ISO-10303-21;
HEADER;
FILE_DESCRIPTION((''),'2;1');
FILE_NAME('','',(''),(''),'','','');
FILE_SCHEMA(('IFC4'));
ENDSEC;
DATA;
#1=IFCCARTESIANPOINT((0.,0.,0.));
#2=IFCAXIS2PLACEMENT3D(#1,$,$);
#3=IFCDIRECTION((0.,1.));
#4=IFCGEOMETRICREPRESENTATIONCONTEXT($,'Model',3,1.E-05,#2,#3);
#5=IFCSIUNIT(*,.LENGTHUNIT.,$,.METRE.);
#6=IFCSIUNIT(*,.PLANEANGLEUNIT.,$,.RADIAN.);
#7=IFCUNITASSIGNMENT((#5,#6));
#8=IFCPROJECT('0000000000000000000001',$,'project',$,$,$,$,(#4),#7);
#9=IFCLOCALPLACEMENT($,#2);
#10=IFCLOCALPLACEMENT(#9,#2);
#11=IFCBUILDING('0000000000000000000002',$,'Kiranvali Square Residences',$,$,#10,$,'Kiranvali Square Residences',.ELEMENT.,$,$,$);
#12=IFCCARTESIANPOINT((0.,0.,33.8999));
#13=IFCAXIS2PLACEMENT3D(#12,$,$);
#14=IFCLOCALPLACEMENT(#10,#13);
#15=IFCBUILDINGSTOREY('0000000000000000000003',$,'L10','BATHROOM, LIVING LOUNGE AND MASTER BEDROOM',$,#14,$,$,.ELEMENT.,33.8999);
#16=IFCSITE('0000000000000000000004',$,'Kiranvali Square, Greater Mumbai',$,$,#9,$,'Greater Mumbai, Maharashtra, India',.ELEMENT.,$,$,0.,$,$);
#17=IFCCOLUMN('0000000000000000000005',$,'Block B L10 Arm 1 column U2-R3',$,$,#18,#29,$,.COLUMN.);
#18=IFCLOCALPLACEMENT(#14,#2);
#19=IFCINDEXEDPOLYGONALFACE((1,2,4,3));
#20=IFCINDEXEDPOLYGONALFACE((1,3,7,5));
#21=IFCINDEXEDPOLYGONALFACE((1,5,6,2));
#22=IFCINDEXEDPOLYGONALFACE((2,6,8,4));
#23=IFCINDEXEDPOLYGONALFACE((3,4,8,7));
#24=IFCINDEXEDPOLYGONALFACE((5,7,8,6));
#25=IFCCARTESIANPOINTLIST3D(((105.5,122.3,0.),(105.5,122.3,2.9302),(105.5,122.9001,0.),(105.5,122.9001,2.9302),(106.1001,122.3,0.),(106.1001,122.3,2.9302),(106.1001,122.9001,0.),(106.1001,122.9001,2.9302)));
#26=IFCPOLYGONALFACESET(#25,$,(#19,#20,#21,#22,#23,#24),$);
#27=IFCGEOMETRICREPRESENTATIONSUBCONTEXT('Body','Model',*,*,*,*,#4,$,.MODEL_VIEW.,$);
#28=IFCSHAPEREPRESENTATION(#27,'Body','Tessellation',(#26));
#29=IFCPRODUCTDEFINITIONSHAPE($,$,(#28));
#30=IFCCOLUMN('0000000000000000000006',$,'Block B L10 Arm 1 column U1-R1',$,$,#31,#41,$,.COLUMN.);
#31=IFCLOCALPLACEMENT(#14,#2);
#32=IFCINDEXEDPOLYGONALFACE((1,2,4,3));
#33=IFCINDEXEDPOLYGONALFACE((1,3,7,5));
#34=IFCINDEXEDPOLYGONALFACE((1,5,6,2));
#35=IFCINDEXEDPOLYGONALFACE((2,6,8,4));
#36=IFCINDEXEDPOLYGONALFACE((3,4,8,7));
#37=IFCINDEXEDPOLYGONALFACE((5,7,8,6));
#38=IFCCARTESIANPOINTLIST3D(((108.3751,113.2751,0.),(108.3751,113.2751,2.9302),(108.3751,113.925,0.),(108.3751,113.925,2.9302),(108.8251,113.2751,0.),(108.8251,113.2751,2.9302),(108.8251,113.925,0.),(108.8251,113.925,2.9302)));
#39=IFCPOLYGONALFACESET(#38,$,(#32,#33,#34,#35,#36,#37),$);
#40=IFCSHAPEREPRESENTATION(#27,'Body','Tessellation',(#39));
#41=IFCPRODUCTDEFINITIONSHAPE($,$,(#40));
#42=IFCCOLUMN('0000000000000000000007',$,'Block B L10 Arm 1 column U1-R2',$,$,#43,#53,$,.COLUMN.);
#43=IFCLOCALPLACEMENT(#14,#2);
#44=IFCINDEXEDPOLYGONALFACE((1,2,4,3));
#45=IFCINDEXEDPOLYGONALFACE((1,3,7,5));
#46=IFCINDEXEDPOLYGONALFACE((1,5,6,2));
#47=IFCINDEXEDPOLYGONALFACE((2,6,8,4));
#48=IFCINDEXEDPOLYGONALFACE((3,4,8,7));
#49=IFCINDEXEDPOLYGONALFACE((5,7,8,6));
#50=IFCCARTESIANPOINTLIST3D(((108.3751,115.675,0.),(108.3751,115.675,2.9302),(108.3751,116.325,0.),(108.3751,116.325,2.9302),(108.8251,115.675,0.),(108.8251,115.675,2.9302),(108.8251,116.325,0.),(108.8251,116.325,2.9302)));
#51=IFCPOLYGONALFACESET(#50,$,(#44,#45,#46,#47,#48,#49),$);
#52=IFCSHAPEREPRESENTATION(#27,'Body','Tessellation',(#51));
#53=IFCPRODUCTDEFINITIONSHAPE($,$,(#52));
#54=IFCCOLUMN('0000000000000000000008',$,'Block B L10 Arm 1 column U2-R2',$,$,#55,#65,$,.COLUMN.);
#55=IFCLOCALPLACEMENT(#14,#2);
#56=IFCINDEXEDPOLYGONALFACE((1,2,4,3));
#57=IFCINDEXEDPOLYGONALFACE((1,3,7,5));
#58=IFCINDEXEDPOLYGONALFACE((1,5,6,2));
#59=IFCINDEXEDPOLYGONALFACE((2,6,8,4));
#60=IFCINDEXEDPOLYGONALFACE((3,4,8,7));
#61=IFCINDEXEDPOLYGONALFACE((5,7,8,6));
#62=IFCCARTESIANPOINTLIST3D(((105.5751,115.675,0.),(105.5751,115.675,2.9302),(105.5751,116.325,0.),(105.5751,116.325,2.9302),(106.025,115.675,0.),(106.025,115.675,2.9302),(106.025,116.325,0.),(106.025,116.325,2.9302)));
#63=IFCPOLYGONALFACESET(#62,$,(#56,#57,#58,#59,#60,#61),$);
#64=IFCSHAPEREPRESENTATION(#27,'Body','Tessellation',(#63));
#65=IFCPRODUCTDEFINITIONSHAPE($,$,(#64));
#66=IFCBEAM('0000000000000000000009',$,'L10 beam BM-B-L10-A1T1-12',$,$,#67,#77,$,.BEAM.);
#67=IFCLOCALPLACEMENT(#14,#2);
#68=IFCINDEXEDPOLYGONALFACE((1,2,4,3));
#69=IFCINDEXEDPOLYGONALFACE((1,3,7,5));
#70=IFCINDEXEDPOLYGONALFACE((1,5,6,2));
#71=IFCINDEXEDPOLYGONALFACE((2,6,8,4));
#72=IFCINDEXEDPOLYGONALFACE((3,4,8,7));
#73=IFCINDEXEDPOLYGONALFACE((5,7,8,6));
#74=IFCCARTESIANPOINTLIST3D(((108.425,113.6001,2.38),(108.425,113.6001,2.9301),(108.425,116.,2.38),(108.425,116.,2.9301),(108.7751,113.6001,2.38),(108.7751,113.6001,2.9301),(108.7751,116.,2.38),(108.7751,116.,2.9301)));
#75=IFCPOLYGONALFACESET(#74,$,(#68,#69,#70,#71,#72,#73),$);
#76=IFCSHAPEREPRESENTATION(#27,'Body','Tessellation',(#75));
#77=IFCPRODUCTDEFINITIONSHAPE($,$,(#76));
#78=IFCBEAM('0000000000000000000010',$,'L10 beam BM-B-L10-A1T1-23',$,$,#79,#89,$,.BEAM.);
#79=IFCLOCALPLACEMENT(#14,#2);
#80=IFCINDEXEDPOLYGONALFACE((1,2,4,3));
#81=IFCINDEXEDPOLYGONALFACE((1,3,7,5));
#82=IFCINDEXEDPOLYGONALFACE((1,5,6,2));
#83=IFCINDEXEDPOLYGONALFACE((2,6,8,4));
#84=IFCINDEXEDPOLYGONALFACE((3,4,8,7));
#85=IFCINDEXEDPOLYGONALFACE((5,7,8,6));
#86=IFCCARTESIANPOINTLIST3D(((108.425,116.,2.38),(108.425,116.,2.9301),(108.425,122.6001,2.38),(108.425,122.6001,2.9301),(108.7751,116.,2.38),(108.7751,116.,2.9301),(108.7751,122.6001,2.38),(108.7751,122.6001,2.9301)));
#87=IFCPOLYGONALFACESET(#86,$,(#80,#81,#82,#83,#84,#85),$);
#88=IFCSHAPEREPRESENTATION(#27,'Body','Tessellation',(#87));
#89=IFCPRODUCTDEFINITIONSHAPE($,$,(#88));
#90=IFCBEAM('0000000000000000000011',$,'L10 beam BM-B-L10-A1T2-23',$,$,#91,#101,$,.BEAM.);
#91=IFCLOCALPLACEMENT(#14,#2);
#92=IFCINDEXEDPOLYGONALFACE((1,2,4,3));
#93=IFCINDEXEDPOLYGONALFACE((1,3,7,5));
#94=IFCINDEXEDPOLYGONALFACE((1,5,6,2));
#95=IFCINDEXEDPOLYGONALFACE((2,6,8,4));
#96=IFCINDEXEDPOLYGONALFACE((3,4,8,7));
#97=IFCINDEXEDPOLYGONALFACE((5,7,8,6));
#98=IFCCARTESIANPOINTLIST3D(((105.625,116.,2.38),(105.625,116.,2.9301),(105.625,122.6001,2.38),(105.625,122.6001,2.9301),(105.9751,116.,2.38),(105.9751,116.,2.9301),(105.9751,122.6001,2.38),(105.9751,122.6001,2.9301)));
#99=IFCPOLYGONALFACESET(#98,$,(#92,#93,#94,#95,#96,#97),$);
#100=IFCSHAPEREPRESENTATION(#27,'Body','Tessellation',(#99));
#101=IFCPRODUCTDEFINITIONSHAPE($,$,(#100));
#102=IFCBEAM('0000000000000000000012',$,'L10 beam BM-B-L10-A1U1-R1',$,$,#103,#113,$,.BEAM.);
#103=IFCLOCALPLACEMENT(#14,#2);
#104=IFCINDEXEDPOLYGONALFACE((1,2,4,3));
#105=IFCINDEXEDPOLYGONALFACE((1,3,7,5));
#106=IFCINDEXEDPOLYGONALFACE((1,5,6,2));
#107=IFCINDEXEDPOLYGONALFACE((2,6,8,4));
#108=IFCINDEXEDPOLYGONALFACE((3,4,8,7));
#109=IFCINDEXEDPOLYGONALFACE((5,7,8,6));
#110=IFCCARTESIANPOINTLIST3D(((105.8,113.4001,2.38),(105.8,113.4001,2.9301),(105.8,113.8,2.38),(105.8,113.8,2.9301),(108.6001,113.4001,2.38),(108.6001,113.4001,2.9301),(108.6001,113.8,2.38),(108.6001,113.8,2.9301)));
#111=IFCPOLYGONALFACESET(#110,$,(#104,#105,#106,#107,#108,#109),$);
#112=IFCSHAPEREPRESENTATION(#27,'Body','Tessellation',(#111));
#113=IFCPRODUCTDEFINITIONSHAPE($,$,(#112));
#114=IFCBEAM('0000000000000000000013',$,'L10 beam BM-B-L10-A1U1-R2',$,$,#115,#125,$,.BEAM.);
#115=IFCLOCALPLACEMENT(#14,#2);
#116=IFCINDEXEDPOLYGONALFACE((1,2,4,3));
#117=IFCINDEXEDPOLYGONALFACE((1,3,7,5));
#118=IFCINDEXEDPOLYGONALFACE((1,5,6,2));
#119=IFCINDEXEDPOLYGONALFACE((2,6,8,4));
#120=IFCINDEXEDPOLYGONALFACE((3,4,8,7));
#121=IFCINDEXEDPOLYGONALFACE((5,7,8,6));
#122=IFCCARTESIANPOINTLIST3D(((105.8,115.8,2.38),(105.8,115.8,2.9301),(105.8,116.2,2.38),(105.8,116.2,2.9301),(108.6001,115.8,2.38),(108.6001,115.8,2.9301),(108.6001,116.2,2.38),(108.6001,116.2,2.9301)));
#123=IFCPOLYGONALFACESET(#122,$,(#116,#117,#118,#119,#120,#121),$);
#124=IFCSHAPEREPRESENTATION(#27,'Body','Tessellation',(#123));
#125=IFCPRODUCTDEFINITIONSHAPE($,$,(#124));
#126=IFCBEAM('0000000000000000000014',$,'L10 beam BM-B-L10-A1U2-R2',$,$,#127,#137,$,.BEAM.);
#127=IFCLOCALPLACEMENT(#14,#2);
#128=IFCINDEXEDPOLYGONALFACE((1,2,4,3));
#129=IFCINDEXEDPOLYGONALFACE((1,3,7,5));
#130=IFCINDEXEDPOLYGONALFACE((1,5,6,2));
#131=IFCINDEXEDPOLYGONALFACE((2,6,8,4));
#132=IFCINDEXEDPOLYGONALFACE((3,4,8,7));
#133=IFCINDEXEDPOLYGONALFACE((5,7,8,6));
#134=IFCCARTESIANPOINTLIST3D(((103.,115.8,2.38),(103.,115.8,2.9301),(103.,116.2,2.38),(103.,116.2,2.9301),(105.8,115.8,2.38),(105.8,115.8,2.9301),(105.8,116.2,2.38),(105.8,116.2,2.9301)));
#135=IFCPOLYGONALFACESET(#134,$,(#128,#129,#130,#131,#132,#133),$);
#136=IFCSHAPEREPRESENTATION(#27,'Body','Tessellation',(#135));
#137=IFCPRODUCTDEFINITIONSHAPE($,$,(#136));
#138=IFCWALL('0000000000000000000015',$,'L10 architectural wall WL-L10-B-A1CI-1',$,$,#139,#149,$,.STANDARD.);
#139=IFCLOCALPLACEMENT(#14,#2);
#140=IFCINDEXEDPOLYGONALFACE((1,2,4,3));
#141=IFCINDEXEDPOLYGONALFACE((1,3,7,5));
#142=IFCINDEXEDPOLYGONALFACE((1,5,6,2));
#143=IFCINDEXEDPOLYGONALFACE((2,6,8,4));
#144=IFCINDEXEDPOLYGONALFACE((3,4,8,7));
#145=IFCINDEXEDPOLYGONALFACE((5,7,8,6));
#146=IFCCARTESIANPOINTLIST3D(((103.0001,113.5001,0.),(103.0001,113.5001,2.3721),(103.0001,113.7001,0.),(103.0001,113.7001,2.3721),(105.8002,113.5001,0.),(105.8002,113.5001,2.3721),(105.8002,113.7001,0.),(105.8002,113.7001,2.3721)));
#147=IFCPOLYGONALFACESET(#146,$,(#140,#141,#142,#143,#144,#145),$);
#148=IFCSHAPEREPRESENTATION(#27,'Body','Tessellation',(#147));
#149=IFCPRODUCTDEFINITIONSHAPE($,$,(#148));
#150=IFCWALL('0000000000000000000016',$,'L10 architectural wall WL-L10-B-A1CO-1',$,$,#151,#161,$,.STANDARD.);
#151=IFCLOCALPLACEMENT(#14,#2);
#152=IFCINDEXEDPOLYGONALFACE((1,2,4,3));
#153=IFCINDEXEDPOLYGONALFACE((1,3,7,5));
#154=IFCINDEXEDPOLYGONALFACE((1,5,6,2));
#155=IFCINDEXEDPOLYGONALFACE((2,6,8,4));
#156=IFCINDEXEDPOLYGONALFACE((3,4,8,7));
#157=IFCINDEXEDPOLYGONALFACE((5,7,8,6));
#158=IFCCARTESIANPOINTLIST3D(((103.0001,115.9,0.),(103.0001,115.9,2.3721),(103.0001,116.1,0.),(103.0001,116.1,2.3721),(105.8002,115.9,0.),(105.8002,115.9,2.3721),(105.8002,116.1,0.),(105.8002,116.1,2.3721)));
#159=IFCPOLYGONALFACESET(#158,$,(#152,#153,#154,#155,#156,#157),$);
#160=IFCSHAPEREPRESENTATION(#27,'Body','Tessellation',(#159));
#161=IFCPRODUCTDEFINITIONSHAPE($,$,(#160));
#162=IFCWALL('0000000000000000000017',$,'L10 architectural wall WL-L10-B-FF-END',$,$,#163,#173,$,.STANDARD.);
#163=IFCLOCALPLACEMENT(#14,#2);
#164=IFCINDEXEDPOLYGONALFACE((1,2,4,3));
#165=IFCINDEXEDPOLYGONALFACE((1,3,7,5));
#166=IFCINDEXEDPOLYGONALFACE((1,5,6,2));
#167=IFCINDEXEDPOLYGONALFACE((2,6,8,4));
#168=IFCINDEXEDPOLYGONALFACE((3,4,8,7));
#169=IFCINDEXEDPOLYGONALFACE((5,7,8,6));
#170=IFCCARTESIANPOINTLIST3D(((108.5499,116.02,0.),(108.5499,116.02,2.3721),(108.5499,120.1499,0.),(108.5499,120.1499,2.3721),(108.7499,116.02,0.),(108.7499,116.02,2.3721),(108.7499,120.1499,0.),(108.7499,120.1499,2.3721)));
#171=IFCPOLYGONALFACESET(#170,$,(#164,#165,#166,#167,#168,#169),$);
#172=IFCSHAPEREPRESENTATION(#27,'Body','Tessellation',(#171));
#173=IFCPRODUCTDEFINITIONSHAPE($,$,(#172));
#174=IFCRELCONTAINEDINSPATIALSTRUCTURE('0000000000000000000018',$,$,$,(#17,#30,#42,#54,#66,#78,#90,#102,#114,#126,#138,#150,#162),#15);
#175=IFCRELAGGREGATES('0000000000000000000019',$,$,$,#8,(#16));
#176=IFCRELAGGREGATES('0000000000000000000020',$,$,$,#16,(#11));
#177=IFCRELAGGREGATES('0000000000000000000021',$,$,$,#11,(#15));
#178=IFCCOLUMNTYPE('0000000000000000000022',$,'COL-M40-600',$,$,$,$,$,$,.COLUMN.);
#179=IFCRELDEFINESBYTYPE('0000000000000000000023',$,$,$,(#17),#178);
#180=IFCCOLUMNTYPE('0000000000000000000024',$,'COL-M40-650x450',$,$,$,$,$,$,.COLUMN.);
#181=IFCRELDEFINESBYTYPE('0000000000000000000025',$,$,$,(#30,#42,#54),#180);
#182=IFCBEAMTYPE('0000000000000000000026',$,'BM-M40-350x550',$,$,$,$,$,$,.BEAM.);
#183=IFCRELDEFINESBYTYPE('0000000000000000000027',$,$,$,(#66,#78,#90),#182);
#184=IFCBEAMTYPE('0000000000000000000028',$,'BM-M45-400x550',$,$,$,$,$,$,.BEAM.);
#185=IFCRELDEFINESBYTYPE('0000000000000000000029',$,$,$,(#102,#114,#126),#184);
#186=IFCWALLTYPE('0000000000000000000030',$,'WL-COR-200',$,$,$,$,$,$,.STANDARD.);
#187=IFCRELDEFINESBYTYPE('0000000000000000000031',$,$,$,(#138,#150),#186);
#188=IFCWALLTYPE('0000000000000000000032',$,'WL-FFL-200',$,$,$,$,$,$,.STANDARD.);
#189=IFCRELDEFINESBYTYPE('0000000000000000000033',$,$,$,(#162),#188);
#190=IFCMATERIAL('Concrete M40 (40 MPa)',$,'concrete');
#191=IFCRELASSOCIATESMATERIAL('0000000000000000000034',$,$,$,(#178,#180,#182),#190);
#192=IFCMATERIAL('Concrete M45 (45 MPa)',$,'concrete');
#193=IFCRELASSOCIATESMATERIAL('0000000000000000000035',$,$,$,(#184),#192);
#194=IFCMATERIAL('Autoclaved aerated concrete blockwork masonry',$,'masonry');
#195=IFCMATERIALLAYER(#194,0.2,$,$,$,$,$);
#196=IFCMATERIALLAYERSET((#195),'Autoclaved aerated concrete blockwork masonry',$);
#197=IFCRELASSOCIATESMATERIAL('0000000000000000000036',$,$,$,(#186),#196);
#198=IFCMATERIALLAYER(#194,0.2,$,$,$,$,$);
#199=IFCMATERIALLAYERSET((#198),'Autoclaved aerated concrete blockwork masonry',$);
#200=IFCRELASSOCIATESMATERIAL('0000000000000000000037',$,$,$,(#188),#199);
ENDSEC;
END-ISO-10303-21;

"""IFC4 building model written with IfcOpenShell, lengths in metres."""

from ifc_helpers import new_model, si_unit, direction, frame, frame_2d, origin, origin_2d, place, context, subcontext, project, spatial, rectangle, extrude, material, layer, layer_set, material_profile, profile_set, type_object, element, save


model = new_model("IFC4")

# Units and contexts
model_context = context("Model", 3, precision=1e-05, world=origin(), true_north=direction((0.0, 1.0)))
body_context = subcontext(model_context, "Body", "Model", "MODEL_VIEW")
ifc_project = project(units=[si_unit("LENGTHUNIT", "METRE"), si_unit("PLANEANGLEUNIT", "RADIAN")], contexts=[model_context])

# Site, building, storey
site_placement = place(None, origin())
site = spatial("IfcSite", under=ifc_project, at=site_placement, Name="Kiranvali Square, Greater Mumbai", LongName="Greater Mumbai, Maharashtra, India", CompositionType="ELEMENT", RefElevation=0.0)
building_placement = place(site_placement, origin())
building = spatial("IfcBuilding", under=site, at=building_placement, Name="Kiranvali Square Residences", LongName="Kiranvali Square Residences", CompositionType="ELEMENT")
storey_placement = place(building_placement, frame((0.0, 0.0, 33.8999)))
storey = spatial("IfcBuildingStorey", under=building, at=storey_placement, Name="L10", Description="BATHROOM, LIVING LOUNGE AND MASTER BEDROOM", CompositionType="ELEMENT", Elevation=33.8999)

# Columns
ifc_material_1 = material(Name="Concrete M40 (40 MPa)", Category="concrete")
ifc_material_profile_1 = material_profile(ifc_material_1, rectangle(XDim=0.6001, YDim=0.6001, at=origin_2d()), Name="RC 600x600")
ifc_profile_set_1 = profile_set([ifc_material_profile_1], Name="Concrete M40 (40 MPa)")
column_type_1 = type_object("IfcColumnType", Name="COL-M40-600", PredefinedType="COLUMN", material=ifc_profile_set_1)
column_placement = place(storey_placement, frame((105.8, 122.6001, 0.0), z_axis=(0.0, 0.0, 1.0), x_axis=(1.0, 0.0, 0.0)))
element("IfcColumn", 1, at=column_placement, inside=storey, type_object=column_type_1, Name="Block B L10 Arm 1 column U2-R3", PredefinedType="COLUMN", context=body_context, shape_type="SweptSolid", body=[
    extrude(rectangle(XDim=0.6001, YDim=0.6001, at=origin_2d()), origin(), (0.0, 0.0, 1.0), 2.9302),
])
ifc_material_profile_2 = material_profile(ifc_material_1, rectangle(XDim=0.45, YDim=0.6499, at=origin_2d()), Name="RC 650x450")
ifc_profile_set_2 = profile_set([ifc_material_profile_2], Name="Concrete M40 (40 MPa)")
column_type_2 = type_object("IfcColumnType", Name="COL-M40-650x450", PredefinedType="COLUMN", material=ifc_profile_set_2)
for number, where, z_axis, x_axis, name in (
    (2, (108.6001, 113.6001, 0.0), (0.0, 0.0, 1.0), (1.0, 0.0, 0.0), "Block B L10 Arm 1 column U1-R1"),
    (3, (108.6001, 116.0, 0.0), (0.0, 0.0, 1.0), (1.0, 0.0, 0.0), "Block B L10 Arm 1 column U1-R2"),
    (4, (105.8, 116.0, 0.0), (0.0, 0.0, 1.0), (1.0, 0.0, 0.0), "Block B L10 Arm 1 column U2-R2"),
):
    element("IfcColumn", number, at=place(storey_placement, frame(where, z_axis=z_axis, x_axis=x_axis)), inside=storey, type_object=column_type_2, Name=name, PredefinedType="COLUMN", context=body_context, shape_type="SweptSolid", body=[
        extrude(rectangle(XDim=0.45, YDim=0.6499, at=origin_2d()), origin(), (0.0, 0.0, 1.0), 2.9302),
    ])

# Beams
ifc_material_profile_3 = material_profile(ifc_material_1, rectangle(XDim=0.3501, YDim=0.55, at=origin_2d()), Name="RC 350x550")
ifc_profile_set_3 = profile_set([ifc_material_profile_3], Name="Concrete M40 (40 MPa)")
beam_type_1 = type_object("IfcBeamType", Name="BM-M40-350x550", PredefinedType="BEAM", material=ifc_profile_set_3)
beam_placement = place(storey_placement, frame((108.6001, 113.6001, 2.655), z_axis=(0.0, 1.0, 0.0), x_axis=(-1.0, 0.0, 0.0)))
element("IfcBeam", 5, at=beam_placement, inside=storey, type_object=beam_type_1, Name="L10 beam BM-B-L10-A1T1-12", PredefinedType="BEAM", context=body_context, shape_type="SweptSolid", body=[
    extrude(rectangle(XDim=0.3501, YDim=0.55, at=origin_2d()), origin(), (0.0, 0.0, 1.0), 2.3999),
])
for number, where, z_axis, x_axis, name in (
    (6, (108.6001, 116.0, 2.655), (0.0, 1.0, 0.0), (-1.0, 0.0, 0.0), "L10 beam BM-B-L10-A1T1-23"),
    (7, (105.8, 116.0, 2.655), (0.0, 1.0, 0.0), (-1.0, 0.0, 0.0), "L10 beam BM-B-L10-A1T2-23"),
):
    element("IfcBeam", number, at=place(storey_placement, frame(where, z_axis=z_axis, x_axis=x_axis)), inside=storey, type_object=beam_type_1, Name=name, PredefinedType="BEAM", context=body_context, shape_type="SweptSolid", body=[
        extrude(rectangle(XDim=0.3501, YDim=0.55, at=origin_2d()), origin(), (0.0, 0.0, 1.0), 6.6001),
    ])
ifc_material_2 = material(Name="Concrete M45 (45 MPa)", Category="concrete")
ifc_material_profile_4 = material_profile(ifc_material_2, rectangle(XDim=0.3999, YDim=0.55, at=origin_2d()), Name="RC 400x550")
ifc_profile_set_4 = profile_set([ifc_material_profile_4], Name="Concrete M45 (45 MPa)")
beam_type_2 = type_object("IfcBeamType", Name="BM-M45-400x550", PredefinedType="BEAM", material=ifc_profile_set_4)
for number, where, z_axis, x_axis, name in (
    (8, (108.6001, 113.6001, 2.655), (-1.0, 0.0, 0.0), (0.0, -1.0, 0.0), "L10 beam BM-B-L10-A1U1-R1"),
    (9, (108.6001, 116.0, 2.655), (-1.0, 0.0, 0.0), (0.0, -1.0, 0.0), "L10 beam BM-B-L10-A1U1-R2"),
    (10, (105.8, 116.0, 2.655), (-1.0, 0.0, 0.0), (0.0, -1.0, 0.0), "L10 beam BM-B-L10-A1U2-R2"),
):
    element("IfcBeam", number, at=place(storey_placement, frame(where, z_axis=z_axis, x_axis=x_axis)), inside=storey, type_object=beam_type_2, Name=name, PredefinedType="BEAM", context=body_context, shape_type="SweptSolid", body=[
        extrude(rectangle(XDim=0.3999, YDim=0.55, at=origin_2d()), origin(), (0.0, 0.0, 1.0), 2.8),
    ])

# Shared definitions
ifc_material_3 = material(Name="Autoclaved aerated concrete blockwork masonry", Category="masonry")
ifc_layer_1 = layer(ifc_material_3, 0.2)
ifc_layer_set_1 = layer_set([ifc_layer_1], Name="Autoclaved aerated concrete blockwork masonry")
wall_type_1 = type_object("IfcWallType", Name="WL-COR-200", PredefinedType="STANDARD", material=ifc_layer_set_1)

# Walls
for number, where, z_axis, x_axis, name in (
    (11, (105.8, 113.6001, 0.0), (0.0, 0.0, 1.0), (-1.0, 0.0, 0.0), "L10 architectural wall WL-L10-B-A1CI-1"),
    (12, (105.8, 116.0, 0.0), (0.0, 0.0, 1.0), (-1.0, 0.0, 0.0), "L10 architectural wall WL-L10-B-A1CO-1"),
):
    element("IfcWall", number, at=place(storey_placement, frame(where, z_axis=z_axis, x_axis=x_axis)), inside=storey, type_object=wall_type_1, Name=name, PredefinedType="STANDARD", context=body_context, shape_type="SweptSolid", body=[
        extrude(rectangle(XDim=2.8, YDim=0.2, at=frame_2d((1.3999, 0.0))), origin(), (0.0, 0.0, 1.0), 2.3721),
    ])
ifc_layer_2 = layer(ifc_material_3, 0.2)
ifc_layer_set_2 = layer_set([ifc_layer_2], Name="Autoclaved aerated concrete blockwork masonry")
wall_type_2 = type_object("IfcWallType", Name="WL-FFL-200", PredefinedType="STANDARD", material=ifc_layer_set_2)
wall_1_placement = place(storey_placement, frame((108.6499, 116.02, 0.0), z_axis=(0.0, 0.0, 1.0), x_axis=(0.0, 1.0, 0.0)))
element("IfcWall", 13, at=wall_1_placement, inside=storey, type_object=wall_type_2, Name="L10 architectural wall WL-L10-B-FF-END", PredefinedType="STANDARD", context=body_context, shape_type="SweptSolid", body=[
    extrude(rectangle(XDim=4.1299, YDim=0.2, at=frame_2d((2.0649, 0.0))), origin(), (0.0, 0.0, 1.0), 2.3721),
])

save(model, "model.ifc")
